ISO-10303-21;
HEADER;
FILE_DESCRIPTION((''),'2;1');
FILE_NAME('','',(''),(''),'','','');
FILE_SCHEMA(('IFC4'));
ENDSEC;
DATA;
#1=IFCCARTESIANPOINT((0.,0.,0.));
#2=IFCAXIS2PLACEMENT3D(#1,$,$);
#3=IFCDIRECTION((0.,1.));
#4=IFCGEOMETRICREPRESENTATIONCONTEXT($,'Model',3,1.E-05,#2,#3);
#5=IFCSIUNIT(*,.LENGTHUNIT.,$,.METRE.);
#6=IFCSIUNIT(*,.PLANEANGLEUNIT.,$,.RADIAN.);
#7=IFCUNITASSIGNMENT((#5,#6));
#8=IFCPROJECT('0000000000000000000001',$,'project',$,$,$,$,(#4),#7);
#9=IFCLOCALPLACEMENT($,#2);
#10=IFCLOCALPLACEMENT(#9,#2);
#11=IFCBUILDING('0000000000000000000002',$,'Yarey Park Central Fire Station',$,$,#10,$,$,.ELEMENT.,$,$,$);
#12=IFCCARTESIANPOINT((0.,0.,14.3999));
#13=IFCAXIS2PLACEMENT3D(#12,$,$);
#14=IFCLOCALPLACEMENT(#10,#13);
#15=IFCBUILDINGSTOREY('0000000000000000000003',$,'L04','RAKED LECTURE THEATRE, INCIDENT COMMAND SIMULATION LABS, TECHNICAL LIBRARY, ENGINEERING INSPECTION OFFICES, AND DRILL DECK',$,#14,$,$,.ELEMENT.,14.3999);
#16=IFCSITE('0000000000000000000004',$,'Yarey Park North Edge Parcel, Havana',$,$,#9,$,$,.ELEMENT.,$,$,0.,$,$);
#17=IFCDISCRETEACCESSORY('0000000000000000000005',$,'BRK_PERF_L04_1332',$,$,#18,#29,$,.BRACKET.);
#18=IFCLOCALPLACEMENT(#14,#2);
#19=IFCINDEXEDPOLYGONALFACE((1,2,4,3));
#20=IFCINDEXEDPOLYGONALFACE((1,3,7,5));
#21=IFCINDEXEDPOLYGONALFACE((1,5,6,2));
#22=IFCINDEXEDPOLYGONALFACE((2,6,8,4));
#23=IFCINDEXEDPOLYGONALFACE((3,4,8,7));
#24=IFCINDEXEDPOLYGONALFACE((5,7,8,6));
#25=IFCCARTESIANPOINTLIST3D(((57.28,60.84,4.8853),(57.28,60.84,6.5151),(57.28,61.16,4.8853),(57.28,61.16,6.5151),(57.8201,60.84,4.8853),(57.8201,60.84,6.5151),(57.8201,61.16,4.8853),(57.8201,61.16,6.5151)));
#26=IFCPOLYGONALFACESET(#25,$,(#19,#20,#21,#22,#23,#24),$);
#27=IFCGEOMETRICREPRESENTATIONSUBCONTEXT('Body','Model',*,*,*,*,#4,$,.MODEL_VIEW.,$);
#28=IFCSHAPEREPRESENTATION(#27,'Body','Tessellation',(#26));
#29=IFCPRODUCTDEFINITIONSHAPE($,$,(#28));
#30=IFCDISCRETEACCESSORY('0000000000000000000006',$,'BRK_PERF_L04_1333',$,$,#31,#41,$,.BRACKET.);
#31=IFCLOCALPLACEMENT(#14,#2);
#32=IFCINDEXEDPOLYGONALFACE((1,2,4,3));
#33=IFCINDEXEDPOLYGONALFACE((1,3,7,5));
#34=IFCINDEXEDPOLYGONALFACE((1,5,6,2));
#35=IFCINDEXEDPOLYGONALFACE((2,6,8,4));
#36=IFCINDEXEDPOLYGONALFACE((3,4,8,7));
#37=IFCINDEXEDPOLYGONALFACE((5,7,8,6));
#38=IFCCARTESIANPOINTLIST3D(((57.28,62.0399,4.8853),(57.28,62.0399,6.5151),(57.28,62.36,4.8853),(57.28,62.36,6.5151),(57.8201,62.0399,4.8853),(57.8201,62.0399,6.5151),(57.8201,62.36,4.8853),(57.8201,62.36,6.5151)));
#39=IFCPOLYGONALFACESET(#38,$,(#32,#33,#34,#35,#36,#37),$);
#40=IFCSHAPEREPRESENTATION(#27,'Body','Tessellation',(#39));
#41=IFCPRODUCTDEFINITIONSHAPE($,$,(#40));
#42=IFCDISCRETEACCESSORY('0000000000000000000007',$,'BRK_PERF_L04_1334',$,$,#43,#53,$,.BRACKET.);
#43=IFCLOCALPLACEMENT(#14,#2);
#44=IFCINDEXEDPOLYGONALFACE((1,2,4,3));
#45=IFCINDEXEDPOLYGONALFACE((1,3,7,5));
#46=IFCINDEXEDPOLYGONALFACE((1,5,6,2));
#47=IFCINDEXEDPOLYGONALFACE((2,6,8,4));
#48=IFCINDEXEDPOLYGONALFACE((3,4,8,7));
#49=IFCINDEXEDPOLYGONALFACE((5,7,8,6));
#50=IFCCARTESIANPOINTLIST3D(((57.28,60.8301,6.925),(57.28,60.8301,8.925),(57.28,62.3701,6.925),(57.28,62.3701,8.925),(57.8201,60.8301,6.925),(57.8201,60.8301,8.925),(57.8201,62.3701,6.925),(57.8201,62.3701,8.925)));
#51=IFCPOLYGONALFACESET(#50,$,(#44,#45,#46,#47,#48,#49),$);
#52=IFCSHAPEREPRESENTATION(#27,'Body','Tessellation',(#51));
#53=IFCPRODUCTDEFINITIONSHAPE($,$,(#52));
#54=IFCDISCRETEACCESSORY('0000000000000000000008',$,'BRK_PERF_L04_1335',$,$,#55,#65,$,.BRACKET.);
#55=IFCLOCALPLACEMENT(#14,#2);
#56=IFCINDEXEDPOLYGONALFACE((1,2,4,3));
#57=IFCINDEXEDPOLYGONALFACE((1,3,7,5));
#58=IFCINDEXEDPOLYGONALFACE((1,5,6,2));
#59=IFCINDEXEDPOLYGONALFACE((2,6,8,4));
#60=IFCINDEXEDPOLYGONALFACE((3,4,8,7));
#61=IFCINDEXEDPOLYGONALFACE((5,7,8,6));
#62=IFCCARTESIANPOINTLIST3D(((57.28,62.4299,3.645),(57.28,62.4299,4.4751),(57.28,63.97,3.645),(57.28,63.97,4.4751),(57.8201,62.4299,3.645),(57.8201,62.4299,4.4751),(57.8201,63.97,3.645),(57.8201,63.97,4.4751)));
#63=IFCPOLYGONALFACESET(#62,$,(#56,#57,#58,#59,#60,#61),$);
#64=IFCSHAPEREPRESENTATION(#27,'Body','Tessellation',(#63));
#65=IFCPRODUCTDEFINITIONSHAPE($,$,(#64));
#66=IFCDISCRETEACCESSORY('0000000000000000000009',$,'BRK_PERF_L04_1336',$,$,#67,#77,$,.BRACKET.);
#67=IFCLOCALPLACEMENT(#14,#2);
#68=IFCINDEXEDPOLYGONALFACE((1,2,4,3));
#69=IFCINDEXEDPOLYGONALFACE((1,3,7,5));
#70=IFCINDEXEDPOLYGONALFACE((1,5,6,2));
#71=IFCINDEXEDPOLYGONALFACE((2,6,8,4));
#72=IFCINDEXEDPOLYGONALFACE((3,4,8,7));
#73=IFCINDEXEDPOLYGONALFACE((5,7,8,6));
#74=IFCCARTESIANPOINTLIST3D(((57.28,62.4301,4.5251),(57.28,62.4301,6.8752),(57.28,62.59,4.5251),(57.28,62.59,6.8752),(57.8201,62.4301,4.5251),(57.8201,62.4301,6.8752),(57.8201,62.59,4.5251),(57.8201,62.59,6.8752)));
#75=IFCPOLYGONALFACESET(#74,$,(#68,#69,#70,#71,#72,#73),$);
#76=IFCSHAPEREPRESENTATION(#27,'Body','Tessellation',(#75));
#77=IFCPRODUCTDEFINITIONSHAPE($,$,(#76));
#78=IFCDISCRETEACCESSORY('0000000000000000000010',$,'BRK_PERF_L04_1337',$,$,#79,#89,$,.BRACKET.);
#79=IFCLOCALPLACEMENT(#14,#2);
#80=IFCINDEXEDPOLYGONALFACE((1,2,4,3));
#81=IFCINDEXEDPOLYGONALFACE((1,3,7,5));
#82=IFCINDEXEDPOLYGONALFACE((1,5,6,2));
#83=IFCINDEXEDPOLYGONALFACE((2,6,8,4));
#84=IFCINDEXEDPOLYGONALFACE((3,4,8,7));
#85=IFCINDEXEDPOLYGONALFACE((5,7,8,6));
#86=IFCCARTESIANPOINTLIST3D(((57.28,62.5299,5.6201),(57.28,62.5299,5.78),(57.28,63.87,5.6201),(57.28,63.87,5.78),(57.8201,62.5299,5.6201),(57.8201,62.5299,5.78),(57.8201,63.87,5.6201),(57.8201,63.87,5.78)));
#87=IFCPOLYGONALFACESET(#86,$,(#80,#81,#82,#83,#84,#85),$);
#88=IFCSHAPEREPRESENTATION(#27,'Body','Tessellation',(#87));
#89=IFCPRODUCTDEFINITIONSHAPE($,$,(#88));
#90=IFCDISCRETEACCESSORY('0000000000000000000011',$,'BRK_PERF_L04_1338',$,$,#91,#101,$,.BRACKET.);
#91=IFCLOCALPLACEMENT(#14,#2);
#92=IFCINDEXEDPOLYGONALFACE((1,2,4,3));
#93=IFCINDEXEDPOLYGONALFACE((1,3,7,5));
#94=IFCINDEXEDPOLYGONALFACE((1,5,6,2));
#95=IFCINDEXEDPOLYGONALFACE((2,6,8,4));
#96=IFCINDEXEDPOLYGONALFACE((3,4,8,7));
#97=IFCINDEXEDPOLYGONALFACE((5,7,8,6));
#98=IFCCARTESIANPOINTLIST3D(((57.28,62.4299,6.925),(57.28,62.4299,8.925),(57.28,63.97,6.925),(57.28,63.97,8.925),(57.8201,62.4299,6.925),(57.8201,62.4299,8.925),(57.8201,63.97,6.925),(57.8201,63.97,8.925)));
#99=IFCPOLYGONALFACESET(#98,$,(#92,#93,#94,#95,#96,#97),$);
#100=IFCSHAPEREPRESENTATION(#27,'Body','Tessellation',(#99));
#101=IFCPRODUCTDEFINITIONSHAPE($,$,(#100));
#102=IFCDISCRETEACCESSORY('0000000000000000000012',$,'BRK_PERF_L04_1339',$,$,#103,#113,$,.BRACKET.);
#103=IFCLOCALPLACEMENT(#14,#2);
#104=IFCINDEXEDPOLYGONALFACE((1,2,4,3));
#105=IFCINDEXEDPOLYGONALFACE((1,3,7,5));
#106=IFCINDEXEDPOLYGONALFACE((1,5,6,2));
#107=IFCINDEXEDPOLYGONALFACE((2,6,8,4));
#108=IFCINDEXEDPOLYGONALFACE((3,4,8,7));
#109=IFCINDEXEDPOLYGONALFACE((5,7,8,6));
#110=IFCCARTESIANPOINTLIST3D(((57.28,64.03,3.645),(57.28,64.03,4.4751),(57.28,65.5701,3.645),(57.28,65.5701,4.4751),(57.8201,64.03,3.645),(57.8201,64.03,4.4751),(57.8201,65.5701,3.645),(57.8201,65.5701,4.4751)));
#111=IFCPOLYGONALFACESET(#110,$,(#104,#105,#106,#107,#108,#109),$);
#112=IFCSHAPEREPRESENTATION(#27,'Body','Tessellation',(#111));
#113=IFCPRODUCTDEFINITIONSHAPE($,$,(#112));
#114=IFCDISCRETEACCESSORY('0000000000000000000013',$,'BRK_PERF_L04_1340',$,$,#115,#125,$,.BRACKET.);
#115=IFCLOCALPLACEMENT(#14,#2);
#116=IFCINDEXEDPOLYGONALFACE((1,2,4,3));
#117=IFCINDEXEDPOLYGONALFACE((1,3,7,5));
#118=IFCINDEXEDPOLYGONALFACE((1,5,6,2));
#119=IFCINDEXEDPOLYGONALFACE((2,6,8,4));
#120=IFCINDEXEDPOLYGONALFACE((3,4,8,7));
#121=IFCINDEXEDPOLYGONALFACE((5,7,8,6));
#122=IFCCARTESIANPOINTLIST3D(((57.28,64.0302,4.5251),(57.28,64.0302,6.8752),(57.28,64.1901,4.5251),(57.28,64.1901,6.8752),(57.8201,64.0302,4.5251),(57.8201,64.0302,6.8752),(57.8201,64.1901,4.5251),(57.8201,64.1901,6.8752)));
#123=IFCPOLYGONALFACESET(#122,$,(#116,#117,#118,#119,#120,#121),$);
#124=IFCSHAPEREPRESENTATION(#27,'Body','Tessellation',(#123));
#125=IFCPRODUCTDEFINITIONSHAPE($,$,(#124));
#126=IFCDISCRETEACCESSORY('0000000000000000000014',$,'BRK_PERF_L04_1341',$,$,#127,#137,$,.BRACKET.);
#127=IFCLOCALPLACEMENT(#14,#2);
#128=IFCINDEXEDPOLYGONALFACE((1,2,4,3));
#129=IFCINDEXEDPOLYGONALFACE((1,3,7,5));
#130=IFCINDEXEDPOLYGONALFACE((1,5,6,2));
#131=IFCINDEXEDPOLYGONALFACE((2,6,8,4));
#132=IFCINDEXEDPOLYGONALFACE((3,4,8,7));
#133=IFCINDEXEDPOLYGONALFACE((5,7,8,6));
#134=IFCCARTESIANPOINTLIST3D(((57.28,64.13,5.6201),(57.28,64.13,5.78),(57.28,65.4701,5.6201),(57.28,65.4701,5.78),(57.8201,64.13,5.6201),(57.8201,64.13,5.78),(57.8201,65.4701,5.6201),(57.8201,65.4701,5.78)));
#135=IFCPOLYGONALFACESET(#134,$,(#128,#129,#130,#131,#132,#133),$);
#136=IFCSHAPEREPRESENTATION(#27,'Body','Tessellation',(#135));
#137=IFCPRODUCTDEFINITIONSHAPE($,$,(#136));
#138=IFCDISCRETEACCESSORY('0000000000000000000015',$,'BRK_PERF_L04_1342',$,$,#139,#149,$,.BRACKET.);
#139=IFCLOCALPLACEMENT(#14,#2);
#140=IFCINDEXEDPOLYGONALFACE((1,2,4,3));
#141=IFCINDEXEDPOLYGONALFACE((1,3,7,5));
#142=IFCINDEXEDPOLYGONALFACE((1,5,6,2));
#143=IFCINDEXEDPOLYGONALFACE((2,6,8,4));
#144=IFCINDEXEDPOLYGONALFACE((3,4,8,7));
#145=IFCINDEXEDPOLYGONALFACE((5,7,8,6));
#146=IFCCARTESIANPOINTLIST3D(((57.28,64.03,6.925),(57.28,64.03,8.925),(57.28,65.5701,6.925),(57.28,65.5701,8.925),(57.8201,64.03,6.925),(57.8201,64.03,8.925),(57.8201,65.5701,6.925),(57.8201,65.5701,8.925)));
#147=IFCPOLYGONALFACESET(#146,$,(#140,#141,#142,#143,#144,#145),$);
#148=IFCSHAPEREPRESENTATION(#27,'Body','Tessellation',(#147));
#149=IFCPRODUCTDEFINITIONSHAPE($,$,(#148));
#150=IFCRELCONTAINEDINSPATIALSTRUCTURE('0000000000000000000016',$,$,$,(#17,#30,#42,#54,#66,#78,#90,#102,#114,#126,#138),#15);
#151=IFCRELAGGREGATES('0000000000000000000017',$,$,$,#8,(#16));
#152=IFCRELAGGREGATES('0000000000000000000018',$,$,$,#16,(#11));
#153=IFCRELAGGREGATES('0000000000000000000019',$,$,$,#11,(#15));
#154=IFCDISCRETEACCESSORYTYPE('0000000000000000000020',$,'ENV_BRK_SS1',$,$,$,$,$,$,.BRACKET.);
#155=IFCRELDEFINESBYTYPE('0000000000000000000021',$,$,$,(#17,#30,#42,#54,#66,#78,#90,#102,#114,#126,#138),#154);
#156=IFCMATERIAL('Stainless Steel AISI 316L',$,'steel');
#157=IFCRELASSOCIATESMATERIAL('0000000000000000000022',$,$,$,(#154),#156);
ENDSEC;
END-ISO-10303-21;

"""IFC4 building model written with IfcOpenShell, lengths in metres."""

from ifc_helpers import new_model, si_unit, direction, frame, origin, origin_2d, place, context, subcontext, project, spatial, rectangle, extrude, material, type_object, element, save


model = new_model("IFC4")

# Units and contexts
model_context = context("Model", 3, precision=1e-05, world=origin(), true_north=direction((0.0, 1.0)))
body_context = subcontext(model_context, "Body", "Model", "MODEL_VIEW")
ifc_project = project(units=[si_unit("LENGTHUNIT", "METRE"), si_unit("PLANEANGLEUNIT", "RADIAN")], contexts=[model_context])

# Site, building, storey
site_placement = place(None, origin())
site = spatial("IfcSite", under=ifc_project, at=site_placement, Name="Yarey Park North Edge Parcel, Havana", CompositionType="ELEMENT", RefElevation=0.0)
building_placement = place(site_placement, origin())
building = spatial("IfcBuilding", under=site, at=building_placement, Name="Yarey Park Central Fire Station", CompositionType="ELEMENT")
storey_placement = place(building_placement, frame((0.0, 0.0, 14.3999)))
storey = spatial("IfcBuildingStorey", under=building, at=storey_placement, Name="L04", Description="RAKED LECTURE THEATRE, INCIDENT COMMAND SIMULATION LABS, TECHNICAL LIBRARY, ENGINEERING INSPECTION OFFICES, AND DRILL DECK", CompositionType="ELEMENT", Elevation=14.3999)

# Shared definitions
ifc_material_1 = material(Name="Stainless Steel AISI 316L", Category="steel")

# Discrete accessories
discrete_accessory_type = type_object("IfcDiscreteAccessoryType", Name="ENV_BRK_SS1", PredefinedType="BRACKET", material=ifc_material_1)
for number, where, z_axis, x_axis, name in (
    (1, (57.55, 61.0, 4.8853), (0.0, 0.0, 1.0), (1.0, 0.0, 0.0), "BRK_PERF_L04_1332"),
    (2, (57.55, 62.2, 4.8853), (0.0, 0.0, 1.0), (1.0, 0.0, 0.0), "BRK_PERF_L04_1333"),
):
    element("IfcDiscreteAccessory", number, at=place(storey_placement, frame(where, z_axis=z_axis, x_axis=x_axis)), inside=storey, type_object=discrete_accessory_type, Name=name, PredefinedType="BRACKET", context=body_context, shape_type="SweptSolid", body=[
        extrude(rectangle(XDim=0.54, YDim=0.3201, at=origin_2d()), origin(), (0.0, 0.0, 1.0), 1.6299),
    ])
discrete_accessory_1_placement = place(storey_placement, frame((57.55, 61.6001, 6.925), z_axis=(0.0, 0.0, 1.0), x_axis=(1.0, 0.0, 0.0)))
element("IfcDiscreteAccessory", 3, at=discrete_accessory_1_placement, inside=storey, type_object=discrete_accessory_type, Name="BRK_PERF_L04_1334", PredefinedType="BRACKET", context=body_context, shape_type="SweptSolid", body=[
    extrude(rectangle(XDim=0.54, YDim=1.54, at=origin_2d()), origin(), (0.0, 0.0, 1.0), 2.0),
])
discrete_accessory_2_placement = place(storey_placement, frame((57.55, 63.2, 3.645), z_axis=(0.0, 0.0, 1.0), x_axis=(1.0, 0.0, 0.0)))
element("IfcDiscreteAccessory", 4, at=discrete_accessory_2_placement, inside=storey, type_object=discrete_accessory_type, Name="BRK_PERF_L04_1335", PredefinedType="BRACKET", context=body_context, shape_type="SweptSolid", body=[
    extrude(rectangle(XDim=0.54, YDim=1.54, at=origin_2d()), origin(), (0.0, 0.0, 1.0), 0.8301),
])
discrete_accessory_3_placement = place(storey_placement, frame((57.55, 62.51, 4.5251), z_axis=(0.0, 0.0, 1.0), x_axis=(1.0, 0.0, 0.0)))
element("IfcDiscreteAccessory", 5, at=discrete_accessory_3_placement, inside=storey, type_object=discrete_accessory_type, Name="BRK_PERF_L04_1336", PredefinedType="BRACKET", context=body_context, shape_type="SweptSolid", body=[
    extrude(rectangle(XDim=0.54, YDim=0.1599, at=origin_2d()), origin(), (0.0, 0.0, 1.0), 2.3501),
])
discrete_accessory_4_placement = place(storey_placement, frame((57.55, 63.2, 5.6201), z_axis=(0.0, 0.0, 1.0), x_axis=(1.0, 0.0, 0.0)))
element("IfcDiscreteAccessory", 6, at=discrete_accessory_4_placement, inside=storey, type_object=discrete_accessory_type, Name="BRK_PERF_L04_1337", PredefinedType="BRACKET", context=body_context, shape_type="SweptSolid", body=[
    extrude(rectangle(XDim=0.54, YDim=1.3401, at=origin_2d()), origin(), (0.0, 0.0, 1.0), 0.1599),
])
discrete_accessory_5_placement = place(storey_placement, frame((57.55, 63.2, 6.925), z_axis=(0.0, 0.0, 1.0), x_axis=(1.0, 0.0, 0.0)))
element("IfcDiscreteAccessory", 7, at=discrete_accessory_5_placement, inside=storey, type_object=discrete_accessory_type, Name="BRK_PERF_L04_1338", PredefinedType="BRACKET", context=body_context, shape_type="SweptSolid", body=[
    extrude(rectangle(XDim=0.54, YDim=1.54, at=origin_2d()), origin(), (0.0, 0.0, 1.0), 2.0),
])
discrete_accessory_6_placement = place(storey_placement, frame((57.55, 64.8, 3.645), z_axis=(0.0, 0.0, 1.0), x_axis=(1.0, 0.0, 0.0)))
element("IfcDiscreteAccessory", 8, at=discrete_accessory_6_placement, inside=storey, type_object=discrete_accessory_type, Name="BRK_PERF_L04_1339", PredefinedType="BRACKET", context=body_context, shape_type="SweptSolid", body=[
    extrude(rectangle(XDim=0.54, YDim=1.54, at=origin_2d()), origin(), (0.0, 0.0, 1.0), 0.8301),
])
discrete_accessory_7_placement = place(storey_placement, frame((57.55, 64.1101, 4.5251), z_axis=(0.0, 0.0, 1.0), x_axis=(1.0, 0.0, 0.0)))
element("IfcDiscreteAccessory", 9, at=discrete_accessory_7_placement, inside=storey, type_object=discrete_accessory_type, Name="BRK_PERF_L04_1340", PredefinedType="BRACKET", context=body_context, shape_type="SweptSolid", body=[
    extrude(rectangle(XDim=0.54, YDim=0.1599, at=origin_2d()), origin(), (0.0, 0.0, 1.0), 2.3501),
])
discrete_accessory_8_placement = place(storey_placement, frame((57.55, 64.8, 5.6201), z_axis=(0.0, 0.0, 1.0), x_axis=(1.0, 0.0, 0.0)))
element("IfcDiscreteAccessory", 10, at=discrete_accessory_8_placement, inside=storey, type_object=discrete_accessory_type, Name="BRK_PERF_L04_1341", PredefinedType="BRACKET", context=body_context, shape_type="SweptSolid", body=[
    extrude(rectangle(XDim=0.54, YDim=1.3401, at=origin_2d()), origin(), (0.0, 0.0, 1.0), 0.1599),
])
discrete_accessory_9_placement = place(storey_placement, frame((57.55, 64.8, 6.925), z_axis=(0.0, 0.0, 1.0), x_axis=(1.0, 0.0, 0.0)))
element("IfcDiscreteAccessory", 11, at=discrete_accessory_9_placement, inside=storey, type_object=discrete_accessory_type, Name="BRK_PERF_L04_1342", PredefinedType="BRACKET", context=body_context, shape_type="SweptSolid", body=[
    extrude(rectangle(XDim=0.54, YDim=1.54, at=origin_2d()), origin(), (0.0, 0.0, 1.0), 2.0),
])

save(model, "model.ifc")
